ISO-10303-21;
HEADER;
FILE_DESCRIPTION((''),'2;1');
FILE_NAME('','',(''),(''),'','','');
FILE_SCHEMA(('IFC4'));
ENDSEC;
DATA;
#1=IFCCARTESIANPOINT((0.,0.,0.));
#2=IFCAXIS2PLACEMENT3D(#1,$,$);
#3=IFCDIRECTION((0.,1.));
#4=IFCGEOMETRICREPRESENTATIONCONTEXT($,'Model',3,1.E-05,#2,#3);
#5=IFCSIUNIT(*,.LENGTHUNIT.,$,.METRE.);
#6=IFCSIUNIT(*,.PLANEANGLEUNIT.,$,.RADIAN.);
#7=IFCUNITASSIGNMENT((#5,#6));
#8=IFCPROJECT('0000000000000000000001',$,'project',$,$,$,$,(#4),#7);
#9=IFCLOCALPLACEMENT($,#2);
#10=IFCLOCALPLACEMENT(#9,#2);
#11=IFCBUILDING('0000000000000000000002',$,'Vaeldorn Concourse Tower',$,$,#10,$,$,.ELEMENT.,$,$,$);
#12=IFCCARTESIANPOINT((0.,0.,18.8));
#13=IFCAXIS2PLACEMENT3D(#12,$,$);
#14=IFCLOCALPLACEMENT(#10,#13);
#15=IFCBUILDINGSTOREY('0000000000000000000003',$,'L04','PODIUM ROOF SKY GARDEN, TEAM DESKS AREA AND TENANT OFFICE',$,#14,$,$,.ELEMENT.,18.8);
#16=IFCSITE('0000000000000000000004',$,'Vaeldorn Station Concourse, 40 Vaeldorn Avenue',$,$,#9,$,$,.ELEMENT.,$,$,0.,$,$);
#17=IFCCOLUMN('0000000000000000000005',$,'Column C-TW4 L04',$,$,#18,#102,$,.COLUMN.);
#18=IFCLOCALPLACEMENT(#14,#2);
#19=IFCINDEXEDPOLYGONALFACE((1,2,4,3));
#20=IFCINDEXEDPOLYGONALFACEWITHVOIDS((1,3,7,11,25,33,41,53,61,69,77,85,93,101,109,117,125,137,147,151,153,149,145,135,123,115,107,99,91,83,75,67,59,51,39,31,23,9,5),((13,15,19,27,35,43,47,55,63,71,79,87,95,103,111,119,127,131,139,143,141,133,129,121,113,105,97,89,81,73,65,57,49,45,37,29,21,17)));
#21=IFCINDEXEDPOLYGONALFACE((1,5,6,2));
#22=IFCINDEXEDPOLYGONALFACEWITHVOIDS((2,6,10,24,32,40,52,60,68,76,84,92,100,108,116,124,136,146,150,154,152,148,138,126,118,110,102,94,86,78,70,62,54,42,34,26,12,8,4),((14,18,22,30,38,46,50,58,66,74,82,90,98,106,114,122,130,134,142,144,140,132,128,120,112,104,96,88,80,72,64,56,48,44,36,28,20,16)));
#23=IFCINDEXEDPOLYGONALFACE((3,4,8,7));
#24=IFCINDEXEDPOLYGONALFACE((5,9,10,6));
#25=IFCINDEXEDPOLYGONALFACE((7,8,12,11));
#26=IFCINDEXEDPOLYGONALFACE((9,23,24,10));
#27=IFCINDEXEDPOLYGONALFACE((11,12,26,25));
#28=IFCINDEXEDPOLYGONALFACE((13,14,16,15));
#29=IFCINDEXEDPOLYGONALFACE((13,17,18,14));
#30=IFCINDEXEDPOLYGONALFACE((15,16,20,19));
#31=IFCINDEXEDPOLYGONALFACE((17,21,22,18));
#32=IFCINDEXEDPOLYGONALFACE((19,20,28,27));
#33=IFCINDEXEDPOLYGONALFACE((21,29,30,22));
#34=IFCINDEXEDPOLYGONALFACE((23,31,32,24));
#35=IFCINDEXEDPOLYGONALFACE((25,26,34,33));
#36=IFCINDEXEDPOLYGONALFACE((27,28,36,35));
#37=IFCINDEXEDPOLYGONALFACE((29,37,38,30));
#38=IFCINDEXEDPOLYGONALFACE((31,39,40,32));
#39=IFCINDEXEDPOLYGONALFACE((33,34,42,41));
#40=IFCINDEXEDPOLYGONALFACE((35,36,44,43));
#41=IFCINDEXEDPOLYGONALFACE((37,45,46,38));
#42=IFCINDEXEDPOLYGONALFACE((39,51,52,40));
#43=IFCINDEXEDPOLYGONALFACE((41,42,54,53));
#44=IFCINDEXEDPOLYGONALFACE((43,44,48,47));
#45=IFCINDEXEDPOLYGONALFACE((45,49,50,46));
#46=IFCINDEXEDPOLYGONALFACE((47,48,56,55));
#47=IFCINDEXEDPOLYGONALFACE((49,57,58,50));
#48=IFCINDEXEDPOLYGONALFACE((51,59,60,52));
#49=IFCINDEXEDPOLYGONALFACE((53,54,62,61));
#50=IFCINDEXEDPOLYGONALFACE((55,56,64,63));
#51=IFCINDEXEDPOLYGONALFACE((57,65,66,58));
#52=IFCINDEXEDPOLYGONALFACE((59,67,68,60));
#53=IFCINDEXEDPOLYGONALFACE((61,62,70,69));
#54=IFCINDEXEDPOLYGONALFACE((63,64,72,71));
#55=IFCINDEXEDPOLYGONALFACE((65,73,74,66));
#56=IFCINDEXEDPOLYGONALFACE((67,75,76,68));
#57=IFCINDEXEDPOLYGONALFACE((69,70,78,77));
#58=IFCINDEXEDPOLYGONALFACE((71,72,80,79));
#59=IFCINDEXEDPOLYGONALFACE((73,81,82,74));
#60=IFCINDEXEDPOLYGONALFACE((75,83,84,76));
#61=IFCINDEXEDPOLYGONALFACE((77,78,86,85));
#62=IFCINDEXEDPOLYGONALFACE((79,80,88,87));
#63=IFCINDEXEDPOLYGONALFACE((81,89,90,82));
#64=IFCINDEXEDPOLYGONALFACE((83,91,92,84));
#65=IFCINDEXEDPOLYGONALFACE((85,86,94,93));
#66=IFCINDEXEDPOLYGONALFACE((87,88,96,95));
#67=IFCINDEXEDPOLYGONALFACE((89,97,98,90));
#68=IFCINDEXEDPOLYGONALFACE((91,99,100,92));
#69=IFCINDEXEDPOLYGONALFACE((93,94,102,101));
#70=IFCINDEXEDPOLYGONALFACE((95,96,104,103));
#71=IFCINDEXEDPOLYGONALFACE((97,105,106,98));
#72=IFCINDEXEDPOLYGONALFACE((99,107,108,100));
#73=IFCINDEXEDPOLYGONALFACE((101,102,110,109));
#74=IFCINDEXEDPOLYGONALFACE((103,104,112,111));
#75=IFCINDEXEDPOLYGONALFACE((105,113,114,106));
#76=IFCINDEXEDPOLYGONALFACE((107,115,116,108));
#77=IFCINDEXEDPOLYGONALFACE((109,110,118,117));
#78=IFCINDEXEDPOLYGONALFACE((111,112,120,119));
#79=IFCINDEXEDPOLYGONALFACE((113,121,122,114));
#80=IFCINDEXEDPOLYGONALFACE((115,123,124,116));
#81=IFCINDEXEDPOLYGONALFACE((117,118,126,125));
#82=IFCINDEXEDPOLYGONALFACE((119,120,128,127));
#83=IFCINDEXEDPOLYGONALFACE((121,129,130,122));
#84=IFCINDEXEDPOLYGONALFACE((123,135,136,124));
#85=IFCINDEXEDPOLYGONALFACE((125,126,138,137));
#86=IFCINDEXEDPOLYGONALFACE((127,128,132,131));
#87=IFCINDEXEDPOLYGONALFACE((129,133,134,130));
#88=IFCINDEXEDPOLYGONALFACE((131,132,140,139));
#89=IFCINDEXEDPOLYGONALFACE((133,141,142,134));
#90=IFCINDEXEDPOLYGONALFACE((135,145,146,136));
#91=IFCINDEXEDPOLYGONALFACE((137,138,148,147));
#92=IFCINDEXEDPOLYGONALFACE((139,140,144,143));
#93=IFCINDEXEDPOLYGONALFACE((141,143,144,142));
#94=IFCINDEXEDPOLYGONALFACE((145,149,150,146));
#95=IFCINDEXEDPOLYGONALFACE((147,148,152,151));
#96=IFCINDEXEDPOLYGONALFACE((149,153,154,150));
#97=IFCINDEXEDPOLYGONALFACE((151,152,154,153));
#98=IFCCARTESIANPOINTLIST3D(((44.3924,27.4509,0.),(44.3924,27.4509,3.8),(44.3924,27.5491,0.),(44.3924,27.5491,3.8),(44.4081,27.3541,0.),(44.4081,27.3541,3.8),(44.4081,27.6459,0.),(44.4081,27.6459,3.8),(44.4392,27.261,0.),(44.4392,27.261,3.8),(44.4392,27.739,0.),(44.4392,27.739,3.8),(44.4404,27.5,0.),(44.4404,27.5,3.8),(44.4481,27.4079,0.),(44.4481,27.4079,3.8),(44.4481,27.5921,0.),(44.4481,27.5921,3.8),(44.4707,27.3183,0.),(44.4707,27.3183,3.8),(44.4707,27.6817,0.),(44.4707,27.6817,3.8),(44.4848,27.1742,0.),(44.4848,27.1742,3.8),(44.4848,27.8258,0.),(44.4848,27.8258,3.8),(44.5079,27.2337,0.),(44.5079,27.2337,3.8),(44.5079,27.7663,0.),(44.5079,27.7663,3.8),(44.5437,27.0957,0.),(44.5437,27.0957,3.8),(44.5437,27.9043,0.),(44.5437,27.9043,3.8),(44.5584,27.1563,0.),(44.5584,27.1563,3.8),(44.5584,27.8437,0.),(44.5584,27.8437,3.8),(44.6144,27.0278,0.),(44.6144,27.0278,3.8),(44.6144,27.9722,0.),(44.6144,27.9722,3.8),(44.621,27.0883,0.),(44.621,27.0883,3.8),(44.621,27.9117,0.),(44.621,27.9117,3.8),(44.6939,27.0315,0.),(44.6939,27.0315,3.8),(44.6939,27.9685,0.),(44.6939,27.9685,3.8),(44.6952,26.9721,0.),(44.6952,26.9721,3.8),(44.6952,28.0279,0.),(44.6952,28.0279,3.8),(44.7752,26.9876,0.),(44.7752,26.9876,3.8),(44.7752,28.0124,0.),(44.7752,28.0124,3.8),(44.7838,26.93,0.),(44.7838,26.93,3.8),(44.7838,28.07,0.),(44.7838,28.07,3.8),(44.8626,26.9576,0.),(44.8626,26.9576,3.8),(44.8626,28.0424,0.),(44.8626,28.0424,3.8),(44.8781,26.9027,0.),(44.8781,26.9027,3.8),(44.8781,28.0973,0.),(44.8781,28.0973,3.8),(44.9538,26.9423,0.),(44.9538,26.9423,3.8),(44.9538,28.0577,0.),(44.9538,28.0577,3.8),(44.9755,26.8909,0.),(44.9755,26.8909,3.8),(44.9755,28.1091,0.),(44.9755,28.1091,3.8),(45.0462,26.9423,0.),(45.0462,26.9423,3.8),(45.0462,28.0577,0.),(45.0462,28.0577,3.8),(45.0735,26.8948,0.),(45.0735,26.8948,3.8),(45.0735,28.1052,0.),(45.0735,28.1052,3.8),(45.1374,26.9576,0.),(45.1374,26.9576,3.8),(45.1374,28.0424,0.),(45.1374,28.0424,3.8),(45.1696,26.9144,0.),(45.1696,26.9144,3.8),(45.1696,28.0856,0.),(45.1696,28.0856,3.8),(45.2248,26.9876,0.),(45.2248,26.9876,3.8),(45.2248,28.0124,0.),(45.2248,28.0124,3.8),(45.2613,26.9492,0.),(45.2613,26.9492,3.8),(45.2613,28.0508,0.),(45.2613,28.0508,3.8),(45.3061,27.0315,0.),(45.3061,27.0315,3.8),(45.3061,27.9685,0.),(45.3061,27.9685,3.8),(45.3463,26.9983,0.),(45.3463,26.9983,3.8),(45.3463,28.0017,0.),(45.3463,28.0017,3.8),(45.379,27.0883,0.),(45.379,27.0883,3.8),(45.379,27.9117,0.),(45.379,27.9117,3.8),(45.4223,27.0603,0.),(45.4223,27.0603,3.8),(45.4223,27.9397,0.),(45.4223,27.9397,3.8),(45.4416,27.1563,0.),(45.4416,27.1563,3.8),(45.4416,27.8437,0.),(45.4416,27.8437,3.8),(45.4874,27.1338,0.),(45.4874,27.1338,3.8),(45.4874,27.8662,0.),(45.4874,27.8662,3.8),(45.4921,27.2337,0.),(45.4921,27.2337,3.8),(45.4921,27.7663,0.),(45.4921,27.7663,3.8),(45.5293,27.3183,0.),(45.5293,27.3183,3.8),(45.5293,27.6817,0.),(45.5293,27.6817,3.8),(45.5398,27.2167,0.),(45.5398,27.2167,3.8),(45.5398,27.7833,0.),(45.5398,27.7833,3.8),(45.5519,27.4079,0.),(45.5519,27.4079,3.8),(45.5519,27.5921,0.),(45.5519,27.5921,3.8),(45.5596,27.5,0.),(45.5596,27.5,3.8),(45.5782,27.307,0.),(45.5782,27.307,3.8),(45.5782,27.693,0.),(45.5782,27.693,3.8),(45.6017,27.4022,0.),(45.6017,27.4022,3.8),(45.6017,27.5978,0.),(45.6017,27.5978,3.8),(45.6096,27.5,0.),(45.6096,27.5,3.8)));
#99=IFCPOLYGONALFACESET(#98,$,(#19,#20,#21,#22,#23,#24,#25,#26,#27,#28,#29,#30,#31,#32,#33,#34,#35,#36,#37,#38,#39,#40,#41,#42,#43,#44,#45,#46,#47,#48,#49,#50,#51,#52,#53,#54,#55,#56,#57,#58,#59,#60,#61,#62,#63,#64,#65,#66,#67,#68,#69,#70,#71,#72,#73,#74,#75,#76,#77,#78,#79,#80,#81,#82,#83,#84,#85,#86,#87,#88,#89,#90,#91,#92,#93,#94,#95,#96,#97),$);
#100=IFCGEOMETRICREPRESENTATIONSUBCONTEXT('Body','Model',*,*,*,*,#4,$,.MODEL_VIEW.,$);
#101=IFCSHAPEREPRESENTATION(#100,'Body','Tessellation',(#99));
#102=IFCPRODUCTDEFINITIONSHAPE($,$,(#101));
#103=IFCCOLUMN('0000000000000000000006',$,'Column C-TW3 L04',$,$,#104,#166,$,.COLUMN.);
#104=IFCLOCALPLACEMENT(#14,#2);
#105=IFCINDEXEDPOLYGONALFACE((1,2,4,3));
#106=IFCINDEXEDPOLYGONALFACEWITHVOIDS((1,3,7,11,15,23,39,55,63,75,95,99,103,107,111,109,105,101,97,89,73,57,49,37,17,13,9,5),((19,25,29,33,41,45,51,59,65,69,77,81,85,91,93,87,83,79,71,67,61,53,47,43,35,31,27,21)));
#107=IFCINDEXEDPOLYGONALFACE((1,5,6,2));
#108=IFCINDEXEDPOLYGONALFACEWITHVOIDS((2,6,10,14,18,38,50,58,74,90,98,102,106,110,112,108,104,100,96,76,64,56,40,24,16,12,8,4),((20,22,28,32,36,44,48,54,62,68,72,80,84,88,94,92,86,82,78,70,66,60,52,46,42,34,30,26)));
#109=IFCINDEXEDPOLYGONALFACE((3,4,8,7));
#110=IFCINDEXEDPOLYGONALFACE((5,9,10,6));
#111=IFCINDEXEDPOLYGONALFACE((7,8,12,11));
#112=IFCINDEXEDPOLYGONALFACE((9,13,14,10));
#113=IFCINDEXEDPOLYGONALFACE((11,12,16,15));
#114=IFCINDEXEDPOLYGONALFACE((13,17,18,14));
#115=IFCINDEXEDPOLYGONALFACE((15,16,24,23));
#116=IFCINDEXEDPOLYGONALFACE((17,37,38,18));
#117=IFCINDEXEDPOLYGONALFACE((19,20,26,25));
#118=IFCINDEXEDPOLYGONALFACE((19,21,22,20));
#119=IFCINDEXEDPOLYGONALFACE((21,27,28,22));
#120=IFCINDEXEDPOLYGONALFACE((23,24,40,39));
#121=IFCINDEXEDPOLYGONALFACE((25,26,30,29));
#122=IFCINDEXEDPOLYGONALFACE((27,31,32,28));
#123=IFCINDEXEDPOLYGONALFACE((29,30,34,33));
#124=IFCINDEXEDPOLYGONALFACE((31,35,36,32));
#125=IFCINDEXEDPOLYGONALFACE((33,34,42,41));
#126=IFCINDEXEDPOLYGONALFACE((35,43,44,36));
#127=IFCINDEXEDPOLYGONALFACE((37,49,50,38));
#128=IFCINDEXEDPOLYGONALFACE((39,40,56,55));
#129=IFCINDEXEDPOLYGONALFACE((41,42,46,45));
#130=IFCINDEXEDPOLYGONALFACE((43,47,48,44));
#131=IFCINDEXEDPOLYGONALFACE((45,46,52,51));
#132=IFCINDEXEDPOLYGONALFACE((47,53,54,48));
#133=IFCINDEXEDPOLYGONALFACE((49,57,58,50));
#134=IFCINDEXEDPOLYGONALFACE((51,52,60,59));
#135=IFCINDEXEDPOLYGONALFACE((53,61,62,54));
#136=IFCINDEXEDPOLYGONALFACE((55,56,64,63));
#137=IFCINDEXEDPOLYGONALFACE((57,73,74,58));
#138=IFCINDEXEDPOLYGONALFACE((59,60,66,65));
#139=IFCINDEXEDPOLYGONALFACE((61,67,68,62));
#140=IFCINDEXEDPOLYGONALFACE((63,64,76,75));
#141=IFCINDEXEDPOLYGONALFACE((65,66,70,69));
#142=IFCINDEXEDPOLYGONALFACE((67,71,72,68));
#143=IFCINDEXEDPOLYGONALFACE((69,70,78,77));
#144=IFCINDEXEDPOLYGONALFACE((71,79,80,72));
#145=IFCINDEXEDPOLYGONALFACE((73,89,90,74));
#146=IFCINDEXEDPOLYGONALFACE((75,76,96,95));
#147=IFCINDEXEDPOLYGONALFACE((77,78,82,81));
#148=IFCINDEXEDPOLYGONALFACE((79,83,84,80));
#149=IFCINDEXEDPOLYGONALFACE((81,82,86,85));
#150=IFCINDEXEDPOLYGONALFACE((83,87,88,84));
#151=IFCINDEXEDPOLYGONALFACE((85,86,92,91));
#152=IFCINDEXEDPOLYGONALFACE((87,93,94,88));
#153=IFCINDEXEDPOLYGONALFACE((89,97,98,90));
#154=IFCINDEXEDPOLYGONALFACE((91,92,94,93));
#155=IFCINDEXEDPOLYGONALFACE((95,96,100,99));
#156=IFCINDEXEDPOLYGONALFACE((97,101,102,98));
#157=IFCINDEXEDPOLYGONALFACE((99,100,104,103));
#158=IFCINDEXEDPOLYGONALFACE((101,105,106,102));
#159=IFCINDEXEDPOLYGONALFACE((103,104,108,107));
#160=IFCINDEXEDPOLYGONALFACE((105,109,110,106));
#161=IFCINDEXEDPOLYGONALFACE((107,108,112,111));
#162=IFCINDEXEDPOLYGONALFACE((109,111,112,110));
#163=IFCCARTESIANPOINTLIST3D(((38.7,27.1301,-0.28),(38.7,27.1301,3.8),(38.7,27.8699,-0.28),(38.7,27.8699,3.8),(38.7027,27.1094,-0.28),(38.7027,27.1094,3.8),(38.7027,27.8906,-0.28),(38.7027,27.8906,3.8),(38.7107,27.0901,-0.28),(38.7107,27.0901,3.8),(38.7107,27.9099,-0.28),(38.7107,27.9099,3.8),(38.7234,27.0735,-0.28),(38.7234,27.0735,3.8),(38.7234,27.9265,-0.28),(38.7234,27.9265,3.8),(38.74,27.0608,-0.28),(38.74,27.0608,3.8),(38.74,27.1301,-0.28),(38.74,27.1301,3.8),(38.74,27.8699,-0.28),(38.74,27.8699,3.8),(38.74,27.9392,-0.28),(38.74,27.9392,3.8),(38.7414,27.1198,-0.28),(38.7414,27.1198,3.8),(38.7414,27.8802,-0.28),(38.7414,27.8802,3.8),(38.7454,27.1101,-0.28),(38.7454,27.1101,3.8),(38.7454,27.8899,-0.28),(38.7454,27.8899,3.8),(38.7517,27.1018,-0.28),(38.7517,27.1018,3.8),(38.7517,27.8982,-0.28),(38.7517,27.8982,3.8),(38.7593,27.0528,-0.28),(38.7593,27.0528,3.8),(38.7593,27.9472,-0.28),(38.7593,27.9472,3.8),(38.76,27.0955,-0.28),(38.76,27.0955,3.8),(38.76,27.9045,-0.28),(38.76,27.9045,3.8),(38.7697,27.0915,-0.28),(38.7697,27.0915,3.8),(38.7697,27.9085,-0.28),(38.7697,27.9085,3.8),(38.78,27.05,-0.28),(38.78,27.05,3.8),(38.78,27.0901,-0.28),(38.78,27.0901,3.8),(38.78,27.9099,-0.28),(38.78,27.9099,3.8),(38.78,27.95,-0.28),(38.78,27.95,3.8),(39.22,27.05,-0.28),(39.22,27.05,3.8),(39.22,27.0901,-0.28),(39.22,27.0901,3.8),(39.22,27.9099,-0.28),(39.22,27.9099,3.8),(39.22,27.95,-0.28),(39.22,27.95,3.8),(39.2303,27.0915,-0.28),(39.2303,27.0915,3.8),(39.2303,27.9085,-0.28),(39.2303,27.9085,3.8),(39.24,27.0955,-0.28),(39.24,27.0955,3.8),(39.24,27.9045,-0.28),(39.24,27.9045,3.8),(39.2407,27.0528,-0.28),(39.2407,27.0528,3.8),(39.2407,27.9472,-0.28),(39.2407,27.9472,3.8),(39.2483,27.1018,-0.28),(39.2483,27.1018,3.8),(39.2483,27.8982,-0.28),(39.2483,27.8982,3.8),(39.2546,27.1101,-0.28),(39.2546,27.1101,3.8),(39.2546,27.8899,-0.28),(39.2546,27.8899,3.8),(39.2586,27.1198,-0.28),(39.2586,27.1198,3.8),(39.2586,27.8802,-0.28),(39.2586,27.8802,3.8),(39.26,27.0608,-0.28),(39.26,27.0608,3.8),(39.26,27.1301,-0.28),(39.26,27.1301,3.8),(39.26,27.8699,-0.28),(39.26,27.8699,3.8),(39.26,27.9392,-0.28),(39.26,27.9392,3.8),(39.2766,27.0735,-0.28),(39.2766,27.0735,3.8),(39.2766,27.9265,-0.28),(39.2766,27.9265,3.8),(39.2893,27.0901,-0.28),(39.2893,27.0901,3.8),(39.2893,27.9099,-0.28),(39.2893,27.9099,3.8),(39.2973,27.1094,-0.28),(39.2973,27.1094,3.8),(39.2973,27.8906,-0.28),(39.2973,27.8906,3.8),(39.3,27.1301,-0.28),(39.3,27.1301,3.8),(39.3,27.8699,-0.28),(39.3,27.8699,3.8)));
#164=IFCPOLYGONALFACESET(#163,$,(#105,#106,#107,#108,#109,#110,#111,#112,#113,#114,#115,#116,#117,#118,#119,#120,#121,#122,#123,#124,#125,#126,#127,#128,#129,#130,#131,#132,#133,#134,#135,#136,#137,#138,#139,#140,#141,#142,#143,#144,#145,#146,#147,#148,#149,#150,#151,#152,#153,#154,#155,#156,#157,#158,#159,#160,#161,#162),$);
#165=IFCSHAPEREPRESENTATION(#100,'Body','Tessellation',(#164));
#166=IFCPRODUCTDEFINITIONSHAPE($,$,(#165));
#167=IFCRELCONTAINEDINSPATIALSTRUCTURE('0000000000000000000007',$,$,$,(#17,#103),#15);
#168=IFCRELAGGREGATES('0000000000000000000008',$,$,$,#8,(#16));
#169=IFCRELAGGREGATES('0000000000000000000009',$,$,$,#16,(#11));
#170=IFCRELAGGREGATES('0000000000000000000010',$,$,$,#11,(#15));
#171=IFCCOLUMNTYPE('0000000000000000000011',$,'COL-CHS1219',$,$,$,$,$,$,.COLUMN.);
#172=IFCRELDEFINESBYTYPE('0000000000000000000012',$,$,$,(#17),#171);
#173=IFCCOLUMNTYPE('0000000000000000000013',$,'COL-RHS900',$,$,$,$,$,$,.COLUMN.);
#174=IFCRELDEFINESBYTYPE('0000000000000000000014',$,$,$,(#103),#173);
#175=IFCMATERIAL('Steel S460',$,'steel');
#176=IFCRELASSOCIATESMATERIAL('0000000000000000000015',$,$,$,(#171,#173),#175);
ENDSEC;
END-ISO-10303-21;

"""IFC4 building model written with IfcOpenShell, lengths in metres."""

from ifc_helpers import new_model, si_unit, direction, frame, origin, origin_2d, place, context, subcontext, project, spatial, hollow_rectangle, hollow_circle, extrude, source, transform, mapped, material, material_profile, profile_set, type_object, element, save


model = new_model("IFC4")

# Units and contexts
model_context = context("Model", 3, precision=1e-05, world=origin(), true_north=direction((0.0, 1.0)))
body_context = subcontext(model_context, "Body", "Model", "MODEL_VIEW")
ifc_project = project(units=[si_unit("LENGTHUNIT", "METRE"), si_unit("PLANEANGLEUNIT", "RADIAN")], contexts=[model_context])

# Site, building, storey
site_placement = place(None, origin())
site = spatial("IfcSite", under=ifc_project, at=site_placement, Name="Vaeldorn Station Concourse, 40 Vaeldorn Avenue", CompositionType="ELEMENT", RefElevation=0.0)
building_placement = place(site_placement, origin())
building = spatial("IfcBuilding", under=site, at=building_placement, Name="Vaeldorn Concourse Tower", CompositionType="ELEMENT")
storey_placement = place(building_placement, frame((0.0, 0.0, 18.8)))
storey = spatial("IfcBuildingStorey", under=building, at=storey_placement, Name="L04", Description="PODIUM ROOF SKY GARDEN, TEAM DESKS AREA AND TENANT OFFICE", CompositionType="ELEMENT", Elevation=18.8)

# Columns
ifc_material_1 = material(Name="Steel S460", Category="steel")
ifc_material_profile_1 = material_profile(ifc_material_1, hollow_circle(Radius=0.6096, WallThickness=0.05, at=origin_2d()), Name="CHS 1219x50")
ifc_profile_set_1 = profile_set([ifc_material_profile_1], Name="Steel S460")
column_type_1 = type_object("IfcColumnType", Name="COL-CHS1219", PredefinedType="COLUMN", material=ifc_profile_set_1)
shared_shape_1 = source(origin(), body_context, "Body", "SweptSolid", [
    extrude(hollow_circle(Radius=0.6096, WallThickness=0.05, at=origin_2d()), origin(), (0.0, 0.0, 1.0), 3.8),
])
column_placement = place(storey_placement, frame((45.0, 27.5, 0.0), z_axis=(0.0, 0.0, 1.0), x_axis=(1.0, 0.0, 0.0)))
element("IfcColumn", 1, at=column_placement, inside=storey, type_object=column_type_1, Name="Column C-TW4 L04", PredefinedType="COLUMN", context=body_context, shape_type="MappedRepresentation", body=[
    mapped(shared_shape_1, transform((0.0, 0.0, 0.0), scale=1.0)),
])
ifc_material_profile_2 = material_profile(ifc_material_1, hollow_rectangle(XDim=0.6001, YDim=0.8999, WallThickness=0.04, InnerFilletRadius=0.04, OuterFilletRadius=0.0801, at=origin_2d()), Name="RHS 900x600x40")
ifc_profile_set_2 = profile_set([ifc_material_profile_2], Name="Steel S460")
column_type_2 = type_object("IfcColumnType", Name="COL-RHS900", PredefinedType="COLUMN", material=ifc_profile_set_2)
shared_shape_2 = source(origin(), body_context, "Body", "SweptSolid", [
    extrude(hollow_rectangle(XDim=0.6001, YDim=0.8999, WallThickness=0.04, InnerFilletRadius=0.04, OuterFilletRadius=0.0801, at=origin_2d()), origin(), (0.0, 0.0, 1.0), 4.0801),
])
for number, where, z_axis, x_axis, name in (
    (2, (39.0, 27.5, -0.28), (0.0, 0.0, 1.0), (1.0, 0.0, 0.0), "Column C-TW3 L04"),
):
    element("IfcColumn", number, at=place(storey_placement, frame(where, z_axis=z_axis, x_axis=x_axis)), inside=storey, type_object=column_type_2, Name=name, PredefinedType="COLUMN", context=body_context, shape_type="MappedRepresentation", body=[
        mapped(shared_shape_2, transform((0.0, 0.0, 0.0), scale=1.0)),
    ])

save(model, "model.ifc")
